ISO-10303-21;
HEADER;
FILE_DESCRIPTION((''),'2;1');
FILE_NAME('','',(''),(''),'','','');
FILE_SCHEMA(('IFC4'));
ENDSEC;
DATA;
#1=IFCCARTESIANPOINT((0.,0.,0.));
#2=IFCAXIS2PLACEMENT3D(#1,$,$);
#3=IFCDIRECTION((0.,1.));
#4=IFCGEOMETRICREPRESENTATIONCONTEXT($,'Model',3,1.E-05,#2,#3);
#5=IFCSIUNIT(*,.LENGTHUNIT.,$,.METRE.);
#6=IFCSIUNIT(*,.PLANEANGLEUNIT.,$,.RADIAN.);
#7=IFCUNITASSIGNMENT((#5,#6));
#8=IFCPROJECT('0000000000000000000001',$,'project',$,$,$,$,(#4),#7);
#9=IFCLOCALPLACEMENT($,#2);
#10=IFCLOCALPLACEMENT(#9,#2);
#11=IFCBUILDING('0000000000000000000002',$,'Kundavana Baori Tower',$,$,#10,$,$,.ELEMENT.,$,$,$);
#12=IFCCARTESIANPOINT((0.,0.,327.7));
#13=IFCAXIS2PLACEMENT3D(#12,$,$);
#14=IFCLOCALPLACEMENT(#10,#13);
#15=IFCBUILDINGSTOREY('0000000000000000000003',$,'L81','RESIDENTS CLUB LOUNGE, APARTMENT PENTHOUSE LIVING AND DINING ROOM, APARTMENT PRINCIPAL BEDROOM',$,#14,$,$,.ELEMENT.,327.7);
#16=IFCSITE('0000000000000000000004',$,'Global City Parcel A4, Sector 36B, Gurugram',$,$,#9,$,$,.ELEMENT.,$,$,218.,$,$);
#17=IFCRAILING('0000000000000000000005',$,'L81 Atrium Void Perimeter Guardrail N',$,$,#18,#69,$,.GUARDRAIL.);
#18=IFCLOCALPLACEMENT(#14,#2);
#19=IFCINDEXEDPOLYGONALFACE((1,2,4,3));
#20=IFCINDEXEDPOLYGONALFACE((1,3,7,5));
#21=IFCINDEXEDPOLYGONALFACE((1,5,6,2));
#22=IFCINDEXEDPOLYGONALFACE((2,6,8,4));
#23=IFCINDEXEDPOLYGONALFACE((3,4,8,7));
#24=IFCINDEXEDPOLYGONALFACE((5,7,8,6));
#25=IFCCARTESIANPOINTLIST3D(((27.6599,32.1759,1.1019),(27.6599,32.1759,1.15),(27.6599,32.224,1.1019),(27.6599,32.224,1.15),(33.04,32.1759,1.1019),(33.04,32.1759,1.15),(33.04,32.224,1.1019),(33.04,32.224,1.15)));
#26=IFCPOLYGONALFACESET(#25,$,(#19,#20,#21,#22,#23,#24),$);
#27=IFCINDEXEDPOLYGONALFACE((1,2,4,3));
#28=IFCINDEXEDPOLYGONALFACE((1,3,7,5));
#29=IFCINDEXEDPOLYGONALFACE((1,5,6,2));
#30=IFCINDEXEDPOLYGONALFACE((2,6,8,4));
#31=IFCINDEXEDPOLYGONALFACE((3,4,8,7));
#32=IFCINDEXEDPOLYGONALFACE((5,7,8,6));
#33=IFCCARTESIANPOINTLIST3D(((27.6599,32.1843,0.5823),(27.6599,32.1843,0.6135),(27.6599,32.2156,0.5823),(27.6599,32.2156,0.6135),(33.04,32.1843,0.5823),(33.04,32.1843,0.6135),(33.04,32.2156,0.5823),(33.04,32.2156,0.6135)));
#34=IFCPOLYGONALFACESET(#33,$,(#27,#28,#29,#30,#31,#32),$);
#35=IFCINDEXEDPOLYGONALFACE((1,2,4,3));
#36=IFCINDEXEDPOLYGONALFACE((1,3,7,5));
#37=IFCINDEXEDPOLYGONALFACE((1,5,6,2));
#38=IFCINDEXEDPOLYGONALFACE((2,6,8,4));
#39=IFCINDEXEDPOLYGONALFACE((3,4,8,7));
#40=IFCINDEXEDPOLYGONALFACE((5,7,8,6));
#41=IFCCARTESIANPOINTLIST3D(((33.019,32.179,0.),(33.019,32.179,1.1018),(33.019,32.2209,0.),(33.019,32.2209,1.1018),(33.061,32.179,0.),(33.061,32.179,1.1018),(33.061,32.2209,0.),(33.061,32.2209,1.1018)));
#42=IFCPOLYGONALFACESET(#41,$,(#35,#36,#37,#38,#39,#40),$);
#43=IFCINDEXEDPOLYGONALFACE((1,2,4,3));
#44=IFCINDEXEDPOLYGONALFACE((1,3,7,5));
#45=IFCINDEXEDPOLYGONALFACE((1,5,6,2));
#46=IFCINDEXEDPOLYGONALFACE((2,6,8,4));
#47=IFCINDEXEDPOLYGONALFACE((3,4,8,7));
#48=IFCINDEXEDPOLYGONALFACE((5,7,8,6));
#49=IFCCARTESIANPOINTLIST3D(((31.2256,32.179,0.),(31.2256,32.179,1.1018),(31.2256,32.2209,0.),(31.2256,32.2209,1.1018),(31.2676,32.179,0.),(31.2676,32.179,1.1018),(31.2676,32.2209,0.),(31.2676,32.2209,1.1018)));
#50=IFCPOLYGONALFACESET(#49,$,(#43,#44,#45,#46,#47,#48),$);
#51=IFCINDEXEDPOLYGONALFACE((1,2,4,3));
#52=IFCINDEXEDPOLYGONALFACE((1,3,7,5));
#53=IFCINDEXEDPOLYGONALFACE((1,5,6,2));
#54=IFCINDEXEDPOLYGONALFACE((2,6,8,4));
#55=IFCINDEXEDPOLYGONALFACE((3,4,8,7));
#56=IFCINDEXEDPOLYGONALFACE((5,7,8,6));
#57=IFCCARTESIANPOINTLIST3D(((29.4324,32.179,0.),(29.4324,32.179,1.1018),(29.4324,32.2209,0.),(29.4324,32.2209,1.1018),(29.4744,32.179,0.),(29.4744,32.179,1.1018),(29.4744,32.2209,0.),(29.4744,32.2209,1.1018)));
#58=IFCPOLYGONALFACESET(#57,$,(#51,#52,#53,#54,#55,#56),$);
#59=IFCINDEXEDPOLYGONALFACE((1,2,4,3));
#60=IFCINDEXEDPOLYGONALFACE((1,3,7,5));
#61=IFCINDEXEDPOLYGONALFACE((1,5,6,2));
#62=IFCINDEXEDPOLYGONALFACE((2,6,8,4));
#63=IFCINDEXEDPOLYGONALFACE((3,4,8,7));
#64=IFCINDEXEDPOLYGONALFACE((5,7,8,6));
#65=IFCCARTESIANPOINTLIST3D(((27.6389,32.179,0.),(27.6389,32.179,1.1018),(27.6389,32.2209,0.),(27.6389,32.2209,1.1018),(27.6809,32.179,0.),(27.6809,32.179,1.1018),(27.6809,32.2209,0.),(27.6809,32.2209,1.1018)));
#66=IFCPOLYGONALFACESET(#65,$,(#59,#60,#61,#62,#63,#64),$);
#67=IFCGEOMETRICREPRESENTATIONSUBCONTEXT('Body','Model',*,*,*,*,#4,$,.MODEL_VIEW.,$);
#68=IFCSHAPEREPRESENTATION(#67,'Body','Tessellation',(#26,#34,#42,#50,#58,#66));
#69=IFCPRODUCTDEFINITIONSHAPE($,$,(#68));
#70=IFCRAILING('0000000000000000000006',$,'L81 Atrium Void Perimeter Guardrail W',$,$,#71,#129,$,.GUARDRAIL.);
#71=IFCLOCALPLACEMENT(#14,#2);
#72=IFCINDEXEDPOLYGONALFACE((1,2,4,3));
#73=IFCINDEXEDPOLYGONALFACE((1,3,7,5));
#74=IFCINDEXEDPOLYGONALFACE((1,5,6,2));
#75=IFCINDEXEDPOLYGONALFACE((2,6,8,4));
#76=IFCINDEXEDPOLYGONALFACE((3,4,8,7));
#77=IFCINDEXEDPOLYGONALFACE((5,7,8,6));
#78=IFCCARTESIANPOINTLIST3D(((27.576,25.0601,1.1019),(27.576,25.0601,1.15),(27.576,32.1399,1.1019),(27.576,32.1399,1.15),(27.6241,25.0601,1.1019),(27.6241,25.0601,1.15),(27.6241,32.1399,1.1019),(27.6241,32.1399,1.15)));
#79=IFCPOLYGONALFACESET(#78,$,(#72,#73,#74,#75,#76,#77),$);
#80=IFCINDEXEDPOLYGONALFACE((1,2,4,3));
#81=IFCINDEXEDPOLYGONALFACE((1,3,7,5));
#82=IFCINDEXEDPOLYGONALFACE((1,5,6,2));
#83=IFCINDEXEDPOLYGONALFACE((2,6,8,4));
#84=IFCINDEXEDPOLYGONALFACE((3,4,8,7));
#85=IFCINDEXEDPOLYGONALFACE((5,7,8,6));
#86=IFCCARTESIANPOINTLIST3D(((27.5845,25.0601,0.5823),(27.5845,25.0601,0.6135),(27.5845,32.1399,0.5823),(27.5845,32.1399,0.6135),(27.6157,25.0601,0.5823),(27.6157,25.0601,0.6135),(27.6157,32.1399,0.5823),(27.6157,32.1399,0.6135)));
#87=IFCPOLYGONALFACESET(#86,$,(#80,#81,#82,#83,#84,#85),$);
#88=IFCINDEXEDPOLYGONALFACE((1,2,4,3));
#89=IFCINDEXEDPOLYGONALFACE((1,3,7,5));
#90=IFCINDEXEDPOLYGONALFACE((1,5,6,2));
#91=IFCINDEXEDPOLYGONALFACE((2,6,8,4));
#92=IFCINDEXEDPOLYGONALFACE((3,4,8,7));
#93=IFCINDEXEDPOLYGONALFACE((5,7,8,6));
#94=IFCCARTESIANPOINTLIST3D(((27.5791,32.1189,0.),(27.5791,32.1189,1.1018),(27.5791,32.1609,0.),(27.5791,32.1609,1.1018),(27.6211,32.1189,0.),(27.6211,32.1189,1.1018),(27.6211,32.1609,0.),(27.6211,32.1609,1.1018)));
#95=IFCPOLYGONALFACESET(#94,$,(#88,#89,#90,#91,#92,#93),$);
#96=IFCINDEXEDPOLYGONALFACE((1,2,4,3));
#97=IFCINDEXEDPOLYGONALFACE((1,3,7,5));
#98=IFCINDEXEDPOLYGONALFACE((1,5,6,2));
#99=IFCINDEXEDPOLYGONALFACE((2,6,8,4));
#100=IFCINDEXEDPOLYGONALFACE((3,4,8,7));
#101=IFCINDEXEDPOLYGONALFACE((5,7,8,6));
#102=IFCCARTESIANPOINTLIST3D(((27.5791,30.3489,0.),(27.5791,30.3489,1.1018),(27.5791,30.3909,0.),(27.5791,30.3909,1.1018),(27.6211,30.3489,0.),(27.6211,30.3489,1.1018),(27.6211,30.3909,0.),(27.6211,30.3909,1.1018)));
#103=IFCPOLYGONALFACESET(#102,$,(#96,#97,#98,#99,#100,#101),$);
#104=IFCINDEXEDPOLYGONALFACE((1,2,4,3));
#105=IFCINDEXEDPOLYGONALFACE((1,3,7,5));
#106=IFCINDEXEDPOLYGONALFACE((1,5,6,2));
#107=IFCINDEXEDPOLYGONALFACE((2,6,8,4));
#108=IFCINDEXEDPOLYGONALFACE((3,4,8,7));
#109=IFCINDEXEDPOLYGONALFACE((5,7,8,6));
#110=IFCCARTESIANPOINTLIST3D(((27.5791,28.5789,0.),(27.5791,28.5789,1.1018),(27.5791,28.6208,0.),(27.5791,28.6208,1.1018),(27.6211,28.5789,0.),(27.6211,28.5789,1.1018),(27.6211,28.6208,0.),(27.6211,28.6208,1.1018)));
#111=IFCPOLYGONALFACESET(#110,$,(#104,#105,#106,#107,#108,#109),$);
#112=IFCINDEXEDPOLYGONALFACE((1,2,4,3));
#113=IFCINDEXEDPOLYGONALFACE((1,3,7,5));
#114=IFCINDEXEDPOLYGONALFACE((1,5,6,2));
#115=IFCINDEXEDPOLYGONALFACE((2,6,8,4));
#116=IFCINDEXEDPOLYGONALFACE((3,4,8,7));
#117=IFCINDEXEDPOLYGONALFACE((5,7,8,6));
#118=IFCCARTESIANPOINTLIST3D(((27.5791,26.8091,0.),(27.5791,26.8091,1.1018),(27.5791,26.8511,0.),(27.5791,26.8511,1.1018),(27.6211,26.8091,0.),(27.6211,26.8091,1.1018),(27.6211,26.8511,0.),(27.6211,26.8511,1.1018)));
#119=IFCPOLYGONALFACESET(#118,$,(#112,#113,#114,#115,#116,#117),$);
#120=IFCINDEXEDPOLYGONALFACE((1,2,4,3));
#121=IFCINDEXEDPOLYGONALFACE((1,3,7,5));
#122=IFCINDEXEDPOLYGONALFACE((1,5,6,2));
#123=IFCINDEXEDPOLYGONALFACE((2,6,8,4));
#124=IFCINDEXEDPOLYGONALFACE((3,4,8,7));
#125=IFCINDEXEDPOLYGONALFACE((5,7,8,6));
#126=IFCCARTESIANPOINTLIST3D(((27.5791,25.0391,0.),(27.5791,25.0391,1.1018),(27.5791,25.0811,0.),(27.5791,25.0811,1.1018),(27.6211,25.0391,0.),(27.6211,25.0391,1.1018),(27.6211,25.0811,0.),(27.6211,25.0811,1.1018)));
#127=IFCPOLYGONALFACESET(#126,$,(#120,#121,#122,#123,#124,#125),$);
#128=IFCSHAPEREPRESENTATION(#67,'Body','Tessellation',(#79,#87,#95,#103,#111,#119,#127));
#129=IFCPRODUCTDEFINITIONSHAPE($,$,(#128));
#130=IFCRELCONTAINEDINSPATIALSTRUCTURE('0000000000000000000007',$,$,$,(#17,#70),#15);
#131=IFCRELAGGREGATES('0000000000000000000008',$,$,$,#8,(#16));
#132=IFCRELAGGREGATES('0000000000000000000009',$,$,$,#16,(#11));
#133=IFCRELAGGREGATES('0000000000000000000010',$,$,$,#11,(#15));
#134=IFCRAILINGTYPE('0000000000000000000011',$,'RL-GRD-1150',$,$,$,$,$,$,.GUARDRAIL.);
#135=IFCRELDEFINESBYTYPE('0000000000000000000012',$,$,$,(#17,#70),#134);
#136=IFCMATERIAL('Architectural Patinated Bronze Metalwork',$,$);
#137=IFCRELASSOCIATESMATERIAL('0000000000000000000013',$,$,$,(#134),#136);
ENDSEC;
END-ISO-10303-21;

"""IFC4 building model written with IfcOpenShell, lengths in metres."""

from ifc_helpers import new_model, si_unit, direction, frame, origin, origin_2d, place, context, subcontext, project, spatial, rectangle, extrude, material, type_object, element, save


model = new_model("IFC4")

# Units and contexts
model_context = context("Model", 3, precision=1e-05, world=origin(), true_north=direction((0.0, 1.0)))
body_context = subcontext(model_context, "Body", "Model", "MODEL_VIEW")
ifc_project = project(units=[si_unit("LENGTHUNIT", "METRE"), si_unit("PLANEANGLEUNIT", "RADIAN")], contexts=[model_context])

# Site, building, storey
site_placement = place(None, origin())
site = spatial("IfcSite", under=ifc_project, at=site_placement, Name="Global City Parcel A4, Sector 36B, Gurugram", CompositionType="ELEMENT", RefElevation=218.0)
building_placement = place(site_placement, origin())
building = spatial("IfcBuilding", under=site, at=building_placement, Name="Kundavana Baori Tower", CompositionType="ELEMENT")
storey_placement = place(building_placement, frame((0.0, 0.0, 327.7)))
storey = spatial("IfcBuildingStorey", under=building, at=storey_placement, Name="L81", Description="RESIDENTS CLUB LOUNGE, APARTMENT PENTHOUSE LIVING AND DINING ROOM, APARTMENT PRINCIPAL BEDROOM", CompositionType="ELEMENT", Elevation=327.7)

# Railings
ifc_material_1 = material(Name="Architectural Patinated Bronze Metalwork")
railing_type = type_object("IfcRailingType", Name="RL-GRD-1150", PredefinedType="GUARDRAIL", material=ifc_material_1)
railing_1_placement = place(storey_placement, frame((33.04, 32.2, 0.0)))
element("IfcRailing", 1, at=railing_1_placement, inside=storey, type_object=railing_type, Name="L81 Atrium Void Perimeter Guardrail N", PredefinedType="GUARDRAIL", context=body_context, shape_type="SweptSolid", body=[
    extrude(rectangle(XDim=0.0481, YDim=0.0481, at=origin_2d()), frame((0.0, 0.0, 1.126), z_axis=(-1.0, 0.0, 0.0), x_axis=(0.0, -1.0, 0.0)), (0.0, 0.0, 1.0), 5.3801),
    extrude(rectangle(XDim=0.0312, YDim=0.0312, at=origin_2d()), frame((0.0, 0.0, 0.5979), z_axis=(-1.0, 0.0, 0.0), x_axis=(0.0, -1.0, 0.0)), (0.0, 0.0, 1.0), 5.3801),
    extrude(rectangle(XDim=0.042, YDim=0.042, at=origin_2d()), origin(), (0.0, 0.0, 1.0), 1.1018),
    extrude(rectangle(XDim=0.042, YDim=0.042, at=origin_2d()), frame((-1.7935, 0.0, 0.0)), (0.0, 0.0, 1.0), 1.1018),
    extrude(rectangle(XDim=0.042, YDim=0.042, at=origin_2d()), frame((-3.5867, 0.0, 0.0)), (0.0, 0.0, 1.0), 1.1018),
    extrude(rectangle(XDim=0.042, YDim=0.042, at=origin_2d()), frame((-5.3801, 0.0, 0.0)), (0.0, 0.0, 1.0), 1.1018),
])
railing_2_placement = place(storey_placement, frame((27.6001, 32.1399, 0.0)))
element("IfcRailing", 2, at=railing_2_placement, inside=storey, type_object=railing_type, Name="L81 Atrium Void Perimeter Guardrail W", PredefinedType="GUARDRAIL", context=body_context, shape_type="SweptSolid", body=[
    extrude(rectangle(XDim=0.0481, YDim=0.0481, at=origin_2d()), frame((0.0, 0.0, 1.126), z_axis=(0.0, -1.0, 0.0), x_axis=(1.0, 0.0, 0.0)), (0.0, 0.0, 1.0), 7.0798),
    extrude(rectangle(XDim=0.0312, YDim=0.0312, at=origin_2d()), frame((0.0, 0.0, 0.5979), z_axis=(0.0, -1.0, 0.0), x_axis=(1.0, 0.0, 0.0)), (0.0, 0.0, 1.0), 7.0798),
    extrude(rectangle(XDim=0.042, YDim=0.042, at=origin_2d()), origin(), (0.0, 0.0, 1.0), 1.1018),
    extrude(rectangle(XDim=0.042, YDim=0.042, at=origin_2d()), frame((0.0, -1.77, 0.0)), (0.0, 0.0, 1.0), 1.1018),
    extrude(rectangle(XDim=0.042, YDim=0.042, at=origin_2d()), frame((0.0, -3.54, 0.0)), (0.0, 0.0, 1.0), 1.1018),
    extrude(rectangle(XDim=0.042, YDim=0.042, at=origin_2d()), frame((0.0, -5.3098, 0.0)), (0.0, 0.0, 1.0), 1.1018),
    extrude(rectangle(XDim=0.042, YDim=0.042, at=origin_2d()), frame((0.0, -7.0798, 0.0)), (0.0, 0.0, 1.0), 1.1018),
])

save(model, "model.ifc")
